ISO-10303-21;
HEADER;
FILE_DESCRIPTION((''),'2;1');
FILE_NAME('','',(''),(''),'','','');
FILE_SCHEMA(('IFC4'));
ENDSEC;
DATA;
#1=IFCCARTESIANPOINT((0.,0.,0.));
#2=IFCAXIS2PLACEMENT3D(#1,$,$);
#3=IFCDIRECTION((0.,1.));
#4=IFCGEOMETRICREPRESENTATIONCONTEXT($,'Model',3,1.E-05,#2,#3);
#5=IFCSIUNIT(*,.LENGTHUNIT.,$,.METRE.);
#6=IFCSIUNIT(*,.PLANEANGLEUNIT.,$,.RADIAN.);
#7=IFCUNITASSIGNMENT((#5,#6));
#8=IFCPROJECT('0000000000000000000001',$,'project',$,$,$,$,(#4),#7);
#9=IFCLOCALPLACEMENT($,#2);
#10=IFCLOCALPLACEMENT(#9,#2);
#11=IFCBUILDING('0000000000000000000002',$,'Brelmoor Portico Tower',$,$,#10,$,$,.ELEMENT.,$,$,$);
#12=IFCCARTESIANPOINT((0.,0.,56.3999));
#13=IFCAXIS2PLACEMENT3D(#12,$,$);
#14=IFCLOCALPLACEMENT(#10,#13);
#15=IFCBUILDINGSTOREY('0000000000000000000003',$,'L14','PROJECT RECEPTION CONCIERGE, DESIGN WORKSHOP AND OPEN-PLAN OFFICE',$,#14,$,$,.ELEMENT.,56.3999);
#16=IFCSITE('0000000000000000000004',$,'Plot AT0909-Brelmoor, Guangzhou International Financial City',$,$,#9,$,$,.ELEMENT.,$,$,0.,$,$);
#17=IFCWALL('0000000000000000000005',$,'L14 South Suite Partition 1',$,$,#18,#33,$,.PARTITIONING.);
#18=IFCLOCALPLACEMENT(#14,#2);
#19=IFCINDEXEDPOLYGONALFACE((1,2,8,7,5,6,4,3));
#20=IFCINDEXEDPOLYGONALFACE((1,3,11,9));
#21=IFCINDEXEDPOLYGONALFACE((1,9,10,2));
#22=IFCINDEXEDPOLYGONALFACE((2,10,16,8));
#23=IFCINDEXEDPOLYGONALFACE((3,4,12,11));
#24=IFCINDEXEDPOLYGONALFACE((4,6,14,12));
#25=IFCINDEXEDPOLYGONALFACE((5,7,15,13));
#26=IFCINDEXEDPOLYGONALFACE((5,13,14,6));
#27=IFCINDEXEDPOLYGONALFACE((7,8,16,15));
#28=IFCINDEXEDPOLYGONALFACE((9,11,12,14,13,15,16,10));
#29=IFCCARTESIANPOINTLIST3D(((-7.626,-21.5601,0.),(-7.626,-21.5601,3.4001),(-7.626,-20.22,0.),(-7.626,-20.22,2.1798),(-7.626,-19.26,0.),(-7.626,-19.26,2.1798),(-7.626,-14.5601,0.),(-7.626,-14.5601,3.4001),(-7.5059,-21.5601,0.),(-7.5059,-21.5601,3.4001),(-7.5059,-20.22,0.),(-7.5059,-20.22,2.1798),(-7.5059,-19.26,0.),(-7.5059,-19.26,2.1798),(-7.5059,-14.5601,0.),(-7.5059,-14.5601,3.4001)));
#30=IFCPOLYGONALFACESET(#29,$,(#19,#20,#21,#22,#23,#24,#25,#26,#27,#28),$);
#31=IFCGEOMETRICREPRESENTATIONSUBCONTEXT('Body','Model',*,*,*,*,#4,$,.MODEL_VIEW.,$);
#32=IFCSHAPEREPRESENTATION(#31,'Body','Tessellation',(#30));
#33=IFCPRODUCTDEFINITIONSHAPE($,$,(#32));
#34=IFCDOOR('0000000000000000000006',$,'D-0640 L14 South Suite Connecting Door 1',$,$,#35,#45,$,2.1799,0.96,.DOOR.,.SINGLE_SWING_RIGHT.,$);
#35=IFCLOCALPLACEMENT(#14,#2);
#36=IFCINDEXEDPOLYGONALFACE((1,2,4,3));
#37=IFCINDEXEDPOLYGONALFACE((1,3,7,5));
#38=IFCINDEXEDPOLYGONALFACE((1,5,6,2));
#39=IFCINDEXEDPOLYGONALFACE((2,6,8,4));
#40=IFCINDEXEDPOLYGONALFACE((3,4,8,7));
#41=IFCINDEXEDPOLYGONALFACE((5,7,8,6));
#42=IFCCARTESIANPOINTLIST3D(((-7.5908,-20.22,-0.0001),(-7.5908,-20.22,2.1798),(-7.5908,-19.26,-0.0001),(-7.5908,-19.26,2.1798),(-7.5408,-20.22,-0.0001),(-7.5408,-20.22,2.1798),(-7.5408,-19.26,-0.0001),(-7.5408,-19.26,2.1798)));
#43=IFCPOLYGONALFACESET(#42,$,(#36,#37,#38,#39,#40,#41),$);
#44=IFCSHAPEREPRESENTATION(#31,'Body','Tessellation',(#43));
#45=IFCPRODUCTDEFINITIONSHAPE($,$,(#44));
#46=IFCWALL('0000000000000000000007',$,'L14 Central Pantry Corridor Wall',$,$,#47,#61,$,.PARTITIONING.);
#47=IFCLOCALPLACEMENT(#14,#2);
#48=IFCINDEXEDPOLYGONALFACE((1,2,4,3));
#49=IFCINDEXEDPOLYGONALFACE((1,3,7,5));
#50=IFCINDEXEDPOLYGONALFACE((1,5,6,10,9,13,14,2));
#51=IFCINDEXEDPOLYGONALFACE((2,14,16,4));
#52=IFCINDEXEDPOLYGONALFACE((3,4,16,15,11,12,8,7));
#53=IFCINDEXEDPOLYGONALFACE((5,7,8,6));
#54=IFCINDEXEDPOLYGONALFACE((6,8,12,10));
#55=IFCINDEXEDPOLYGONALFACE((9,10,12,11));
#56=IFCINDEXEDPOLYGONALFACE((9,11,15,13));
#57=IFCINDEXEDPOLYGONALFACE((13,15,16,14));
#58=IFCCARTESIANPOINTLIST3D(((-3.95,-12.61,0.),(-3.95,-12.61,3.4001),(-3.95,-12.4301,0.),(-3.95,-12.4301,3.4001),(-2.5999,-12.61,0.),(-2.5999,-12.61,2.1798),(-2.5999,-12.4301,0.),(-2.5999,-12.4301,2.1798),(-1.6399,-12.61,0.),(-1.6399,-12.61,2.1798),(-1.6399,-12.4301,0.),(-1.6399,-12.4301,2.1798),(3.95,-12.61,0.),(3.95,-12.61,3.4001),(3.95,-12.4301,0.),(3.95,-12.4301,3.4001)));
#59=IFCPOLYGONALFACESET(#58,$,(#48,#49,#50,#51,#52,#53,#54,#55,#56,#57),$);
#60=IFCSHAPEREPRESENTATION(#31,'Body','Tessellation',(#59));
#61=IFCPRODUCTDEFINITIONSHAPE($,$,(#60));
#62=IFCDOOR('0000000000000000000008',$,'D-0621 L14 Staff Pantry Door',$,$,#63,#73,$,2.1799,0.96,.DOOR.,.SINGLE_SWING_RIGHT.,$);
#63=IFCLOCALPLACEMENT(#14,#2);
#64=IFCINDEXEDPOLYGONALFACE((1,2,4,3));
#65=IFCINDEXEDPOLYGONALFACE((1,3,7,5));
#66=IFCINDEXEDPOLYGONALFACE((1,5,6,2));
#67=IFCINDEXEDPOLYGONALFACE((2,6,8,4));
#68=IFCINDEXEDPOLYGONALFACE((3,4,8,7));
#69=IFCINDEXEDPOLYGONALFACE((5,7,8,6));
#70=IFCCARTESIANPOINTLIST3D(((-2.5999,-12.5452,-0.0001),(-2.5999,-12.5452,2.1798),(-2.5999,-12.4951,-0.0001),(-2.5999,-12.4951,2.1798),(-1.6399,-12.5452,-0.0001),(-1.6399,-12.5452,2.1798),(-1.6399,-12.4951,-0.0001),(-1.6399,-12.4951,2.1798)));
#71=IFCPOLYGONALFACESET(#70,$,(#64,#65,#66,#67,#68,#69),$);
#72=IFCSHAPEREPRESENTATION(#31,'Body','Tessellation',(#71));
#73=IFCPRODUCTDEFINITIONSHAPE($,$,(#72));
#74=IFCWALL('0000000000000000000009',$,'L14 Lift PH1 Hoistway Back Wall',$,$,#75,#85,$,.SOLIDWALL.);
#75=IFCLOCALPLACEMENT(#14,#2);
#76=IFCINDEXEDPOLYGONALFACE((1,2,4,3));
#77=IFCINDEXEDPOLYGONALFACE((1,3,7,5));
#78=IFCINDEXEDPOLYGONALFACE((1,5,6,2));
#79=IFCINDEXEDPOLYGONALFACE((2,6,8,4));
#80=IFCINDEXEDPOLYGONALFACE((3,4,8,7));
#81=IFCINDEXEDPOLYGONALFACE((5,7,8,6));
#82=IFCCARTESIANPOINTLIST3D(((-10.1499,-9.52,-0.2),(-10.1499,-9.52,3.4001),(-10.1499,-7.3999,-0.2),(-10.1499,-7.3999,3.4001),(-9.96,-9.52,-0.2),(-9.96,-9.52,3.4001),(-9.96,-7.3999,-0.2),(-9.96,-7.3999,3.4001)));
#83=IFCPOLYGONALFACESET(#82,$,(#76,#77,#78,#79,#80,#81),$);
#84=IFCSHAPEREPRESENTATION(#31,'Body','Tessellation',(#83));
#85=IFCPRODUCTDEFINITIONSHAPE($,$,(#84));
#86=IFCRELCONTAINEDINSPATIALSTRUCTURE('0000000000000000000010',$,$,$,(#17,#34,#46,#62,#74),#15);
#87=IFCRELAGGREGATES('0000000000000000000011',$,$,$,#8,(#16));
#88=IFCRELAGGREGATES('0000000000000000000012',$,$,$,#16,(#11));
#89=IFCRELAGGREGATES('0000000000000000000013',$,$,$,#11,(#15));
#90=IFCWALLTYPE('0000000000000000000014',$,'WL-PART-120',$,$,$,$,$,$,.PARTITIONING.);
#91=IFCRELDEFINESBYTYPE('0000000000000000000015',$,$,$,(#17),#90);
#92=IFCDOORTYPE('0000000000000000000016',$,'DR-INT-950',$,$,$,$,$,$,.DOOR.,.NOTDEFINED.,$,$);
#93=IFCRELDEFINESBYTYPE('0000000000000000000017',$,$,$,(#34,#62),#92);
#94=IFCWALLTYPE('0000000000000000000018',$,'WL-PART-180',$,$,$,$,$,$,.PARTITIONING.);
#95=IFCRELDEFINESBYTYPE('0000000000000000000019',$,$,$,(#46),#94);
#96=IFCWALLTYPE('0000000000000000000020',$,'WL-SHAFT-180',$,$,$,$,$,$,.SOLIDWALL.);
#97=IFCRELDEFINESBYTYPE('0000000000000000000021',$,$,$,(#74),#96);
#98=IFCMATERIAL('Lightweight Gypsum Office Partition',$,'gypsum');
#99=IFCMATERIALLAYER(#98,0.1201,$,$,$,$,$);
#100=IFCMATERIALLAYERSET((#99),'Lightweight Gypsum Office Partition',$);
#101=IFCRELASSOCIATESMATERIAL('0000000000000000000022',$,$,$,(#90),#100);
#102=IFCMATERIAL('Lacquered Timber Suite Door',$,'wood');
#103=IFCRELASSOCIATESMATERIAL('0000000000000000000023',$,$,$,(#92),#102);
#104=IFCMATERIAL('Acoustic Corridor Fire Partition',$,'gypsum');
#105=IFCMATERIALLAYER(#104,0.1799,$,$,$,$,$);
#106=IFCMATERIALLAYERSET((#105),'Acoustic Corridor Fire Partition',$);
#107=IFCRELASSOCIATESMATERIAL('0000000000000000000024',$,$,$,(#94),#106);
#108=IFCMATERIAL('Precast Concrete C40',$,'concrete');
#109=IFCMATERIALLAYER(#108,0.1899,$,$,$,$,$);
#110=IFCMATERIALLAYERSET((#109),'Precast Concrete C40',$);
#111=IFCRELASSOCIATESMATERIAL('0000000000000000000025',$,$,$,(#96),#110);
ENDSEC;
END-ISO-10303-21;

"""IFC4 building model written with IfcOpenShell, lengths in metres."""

from ifc_helpers import new_model, si_unit, direction, frame, frame_2d, origin, place, context, subcontext, project, spatial, rectangle, extrude, material, layer, layer_set, type_object, element, fill, save


model = new_model("IFC4")

# Units and contexts
model_context = context("Model", 3, precision=1e-05, world=origin(), true_north=direction((0.0, 1.0)))
body_context = subcontext(model_context, "Body", "Model", "MODEL_VIEW")
ifc_project = project(units=[si_unit("LENGTHUNIT", "METRE"), si_unit("PLANEANGLEUNIT", "RADIAN")], contexts=[model_context])

# Site, building, storey
site_placement = place(None, origin())
site = spatial("IfcSite", under=ifc_project, at=site_placement, Name="Plot AT0909-Brelmoor, Guangzhou International Financial City", CompositionType="ELEMENT", RefElevation=0.0)
building_placement = place(site_placement, origin())
building = spatial("IfcBuilding", under=site, at=building_placement, Name="Brelmoor Portico Tower", CompositionType="ELEMENT")
storey_placement = place(building_placement, frame((0.0, 0.0, 56.3999)))
storey = spatial("IfcBuildingStorey", under=building, at=storey_placement, Name="L14", Description="PROJECT RECEPTION CONCIERGE, DESIGN WORKSHOP AND OPEN-PLAN OFFICE", CompositionType="ELEMENT", Elevation=56.3999)

# Shared definitions
ifc_material_1 = material(Name="Lightweight Gypsum Office Partition", Category="gypsum")
ifc_layer_1 = layer(ifc_material_1, 0.1201)
ifc_layer_set_1 = layer_set([ifc_layer_1], Name="Lightweight Gypsum Office Partition")
wall_type_1 = type_object("IfcWallType", Name="WL-PART-120", PredefinedType="PARTITIONING", material=ifc_layer_set_1)

# Walls, openings, doors
wall_1_placement = place(storey_placement, frame((-7.5659, -21.5601, 0.0), z_axis=(0.0, 0.0, 1.0), x_axis=(0.0, 1.0, 0.0)))
wall_1 = element("IfcWall", 1, at=wall_1_placement, inside=storey, type_object=wall_type_1, Name="L14 South Suite Partition 1", PredefinedType="PARTITIONING", context=body_context, shape_type="SweptSolid", body=[
    extrude(rectangle(XDim=7.0, YDim=0.1201, at=frame_2d((3.5, 0.0))), origin(), (0.0, 0.0, 1.0), 3.4001),
])
opening_1_placement = place(wall_1_placement, frame((1.3401, 0.0, 0.0)))
opening_1 = element("IfcOpeningElement", 2, at=opening_1_placement, cuts=wall_1, PredefinedType="OPENING", context=body_context, shape_type="SweptSolid", body=[
    extrude(rectangle(XDim=0.96, YDim=2.1799, at=frame_2d((0.48, 1.0898))), frame((0.0, 0.0701, 0.0), z_axis=(0.0, -1.0, 0.0), x_axis=(1.0, 0.0, 0.0)), (0.0, 0.0, 1.0), 0.1401),
])
ifc_material_2 = material(Name="Lacquered Timber Suite Door", Category="wood")
door_type = type_object("IfcDoorType", Name="DR-INT-950", OperationType="NOTDEFINED", PredefinedType="DOOR", material=ifc_material_2)
door_1_placement = place(opening_1_placement, origin())
door_1 = element("IfcDoor", 3, at=door_1_placement, inside=storey, type_object=door_type, Name="D-0640 L14 South Suite Connecting Door 1", OperationType="SINGLE_SWING_RIGHT", OverallHeight=2.1799, OverallWidth=0.96, PredefinedType="DOOR", context=body_context, shape_type="SweptSolid", body=[
    extrude(rectangle(XDim=0.96, YDim=2.1799, at=frame_2d((0.48, 1.0898))), frame((0.0, 0.0249, 0.0), z_axis=(0.0, -1.0, 0.0), x_axis=(1.0, 0.0, 0.0)), (0.0, 0.0, 1.0), 0.05),
])
fill(opening_1, door_1)
ifc_material_3 = material(Name="Acoustic Corridor Fire Partition", Category="gypsum")
ifc_layer_2 = layer(ifc_material_3, 0.1799)
ifc_layer_set_2 = layer_set([ifc_layer_2], Name="Acoustic Corridor Fire Partition")
wall_type_2 = type_object("IfcWallType", Name="WL-PART-180", PredefinedType="PARTITIONING", material=ifc_layer_set_2)
wall_2_placement = place(storey_placement, frame((-3.95, -12.52, 0.0), z_axis=(0.0, 0.0, 1.0), x_axis=(1.0, 0.0, 0.0)))
wall_2 = element("IfcWall", 4, at=wall_2_placement, inside=storey, type_object=wall_type_2, Name="L14 Central Pantry Corridor Wall", PredefinedType="PARTITIONING", context=body_context, shape_type="SweptSolid", body=[
    extrude(rectangle(XDim=7.8999, YDim=0.1799, at=frame_2d((3.95, 0.0))), origin(), (0.0, 0.0, 1.0), 3.4001),
])
opening_2_placement = place(wall_2_placement, frame((1.3501, 0.0, 0.0)))
opening_2 = element("IfcOpeningElement", 5, at=opening_2_placement, cuts=wall_2, PredefinedType="OPENING", context=body_context, shape_type="SweptSolid", body=[
    extrude(rectangle(XDim=0.96, YDim=2.1799, at=frame_2d((0.48, 1.0898))), frame((0.0, 0.0999, 0.0), z_axis=(0.0, -1.0, 0.0), x_axis=(1.0, 0.0, 0.0)), (0.0, 0.0, 1.0), 0.2),
])
door_2_placement = place(opening_2_placement, origin())
door_2 = element("IfcDoor", 6, at=door_2_placement, inside=storey, type_object=door_type, Name="D-0621 L14 Staff Pantry Door", OperationType="SINGLE_SWING_RIGHT", OverallHeight=2.1799, OverallWidth=0.96, PredefinedType="DOOR", context=body_context, shape_type="SweptSolid", body=[
    extrude(rectangle(XDim=0.96, YDim=2.1799, at=frame_2d((0.48, 1.0898))), frame((0.0, 0.0249, 0.0), z_axis=(0.0, -1.0, 0.0), x_axis=(1.0, 0.0, 0.0)), (0.0, 0.0, 1.0), 0.05),
])
fill(opening_2, door_2)

# Wall
ifc_material_4 = material(Name="Precast Concrete C40", Category="concrete")
ifc_layer_3 = layer(ifc_material_4, 0.1899)
ifc_layer_set_3 = layer_set([ifc_layer_3], Name="Precast Concrete C40")
wall_type_3 = type_object("IfcWallType", Name="WL-SHAFT-180", PredefinedType="SOLIDWALL", material=ifc_layer_set_3)
wall_3_placement = place(storey_placement, frame((-10.0549, -9.52, -0.2), z_axis=(0.0, 0.0, 1.0), x_axis=(0.0, 1.0, 0.0)))
element("IfcWall", 7, at=wall_3_placement, inside=storey, type_object=wall_type_3, Name="L14 Lift PH1 Hoistway Back Wall", PredefinedType="SOLIDWALL", context=body_context, shape_type="SweptSolid", body=[
    extrude(rectangle(XDim=2.1201, YDim=0.1899, at=frame_2d((1.0601, 0.0))), origin(), (0.0, 0.0, 1.0), 3.6001),
])

save(model, "model.ifc")
